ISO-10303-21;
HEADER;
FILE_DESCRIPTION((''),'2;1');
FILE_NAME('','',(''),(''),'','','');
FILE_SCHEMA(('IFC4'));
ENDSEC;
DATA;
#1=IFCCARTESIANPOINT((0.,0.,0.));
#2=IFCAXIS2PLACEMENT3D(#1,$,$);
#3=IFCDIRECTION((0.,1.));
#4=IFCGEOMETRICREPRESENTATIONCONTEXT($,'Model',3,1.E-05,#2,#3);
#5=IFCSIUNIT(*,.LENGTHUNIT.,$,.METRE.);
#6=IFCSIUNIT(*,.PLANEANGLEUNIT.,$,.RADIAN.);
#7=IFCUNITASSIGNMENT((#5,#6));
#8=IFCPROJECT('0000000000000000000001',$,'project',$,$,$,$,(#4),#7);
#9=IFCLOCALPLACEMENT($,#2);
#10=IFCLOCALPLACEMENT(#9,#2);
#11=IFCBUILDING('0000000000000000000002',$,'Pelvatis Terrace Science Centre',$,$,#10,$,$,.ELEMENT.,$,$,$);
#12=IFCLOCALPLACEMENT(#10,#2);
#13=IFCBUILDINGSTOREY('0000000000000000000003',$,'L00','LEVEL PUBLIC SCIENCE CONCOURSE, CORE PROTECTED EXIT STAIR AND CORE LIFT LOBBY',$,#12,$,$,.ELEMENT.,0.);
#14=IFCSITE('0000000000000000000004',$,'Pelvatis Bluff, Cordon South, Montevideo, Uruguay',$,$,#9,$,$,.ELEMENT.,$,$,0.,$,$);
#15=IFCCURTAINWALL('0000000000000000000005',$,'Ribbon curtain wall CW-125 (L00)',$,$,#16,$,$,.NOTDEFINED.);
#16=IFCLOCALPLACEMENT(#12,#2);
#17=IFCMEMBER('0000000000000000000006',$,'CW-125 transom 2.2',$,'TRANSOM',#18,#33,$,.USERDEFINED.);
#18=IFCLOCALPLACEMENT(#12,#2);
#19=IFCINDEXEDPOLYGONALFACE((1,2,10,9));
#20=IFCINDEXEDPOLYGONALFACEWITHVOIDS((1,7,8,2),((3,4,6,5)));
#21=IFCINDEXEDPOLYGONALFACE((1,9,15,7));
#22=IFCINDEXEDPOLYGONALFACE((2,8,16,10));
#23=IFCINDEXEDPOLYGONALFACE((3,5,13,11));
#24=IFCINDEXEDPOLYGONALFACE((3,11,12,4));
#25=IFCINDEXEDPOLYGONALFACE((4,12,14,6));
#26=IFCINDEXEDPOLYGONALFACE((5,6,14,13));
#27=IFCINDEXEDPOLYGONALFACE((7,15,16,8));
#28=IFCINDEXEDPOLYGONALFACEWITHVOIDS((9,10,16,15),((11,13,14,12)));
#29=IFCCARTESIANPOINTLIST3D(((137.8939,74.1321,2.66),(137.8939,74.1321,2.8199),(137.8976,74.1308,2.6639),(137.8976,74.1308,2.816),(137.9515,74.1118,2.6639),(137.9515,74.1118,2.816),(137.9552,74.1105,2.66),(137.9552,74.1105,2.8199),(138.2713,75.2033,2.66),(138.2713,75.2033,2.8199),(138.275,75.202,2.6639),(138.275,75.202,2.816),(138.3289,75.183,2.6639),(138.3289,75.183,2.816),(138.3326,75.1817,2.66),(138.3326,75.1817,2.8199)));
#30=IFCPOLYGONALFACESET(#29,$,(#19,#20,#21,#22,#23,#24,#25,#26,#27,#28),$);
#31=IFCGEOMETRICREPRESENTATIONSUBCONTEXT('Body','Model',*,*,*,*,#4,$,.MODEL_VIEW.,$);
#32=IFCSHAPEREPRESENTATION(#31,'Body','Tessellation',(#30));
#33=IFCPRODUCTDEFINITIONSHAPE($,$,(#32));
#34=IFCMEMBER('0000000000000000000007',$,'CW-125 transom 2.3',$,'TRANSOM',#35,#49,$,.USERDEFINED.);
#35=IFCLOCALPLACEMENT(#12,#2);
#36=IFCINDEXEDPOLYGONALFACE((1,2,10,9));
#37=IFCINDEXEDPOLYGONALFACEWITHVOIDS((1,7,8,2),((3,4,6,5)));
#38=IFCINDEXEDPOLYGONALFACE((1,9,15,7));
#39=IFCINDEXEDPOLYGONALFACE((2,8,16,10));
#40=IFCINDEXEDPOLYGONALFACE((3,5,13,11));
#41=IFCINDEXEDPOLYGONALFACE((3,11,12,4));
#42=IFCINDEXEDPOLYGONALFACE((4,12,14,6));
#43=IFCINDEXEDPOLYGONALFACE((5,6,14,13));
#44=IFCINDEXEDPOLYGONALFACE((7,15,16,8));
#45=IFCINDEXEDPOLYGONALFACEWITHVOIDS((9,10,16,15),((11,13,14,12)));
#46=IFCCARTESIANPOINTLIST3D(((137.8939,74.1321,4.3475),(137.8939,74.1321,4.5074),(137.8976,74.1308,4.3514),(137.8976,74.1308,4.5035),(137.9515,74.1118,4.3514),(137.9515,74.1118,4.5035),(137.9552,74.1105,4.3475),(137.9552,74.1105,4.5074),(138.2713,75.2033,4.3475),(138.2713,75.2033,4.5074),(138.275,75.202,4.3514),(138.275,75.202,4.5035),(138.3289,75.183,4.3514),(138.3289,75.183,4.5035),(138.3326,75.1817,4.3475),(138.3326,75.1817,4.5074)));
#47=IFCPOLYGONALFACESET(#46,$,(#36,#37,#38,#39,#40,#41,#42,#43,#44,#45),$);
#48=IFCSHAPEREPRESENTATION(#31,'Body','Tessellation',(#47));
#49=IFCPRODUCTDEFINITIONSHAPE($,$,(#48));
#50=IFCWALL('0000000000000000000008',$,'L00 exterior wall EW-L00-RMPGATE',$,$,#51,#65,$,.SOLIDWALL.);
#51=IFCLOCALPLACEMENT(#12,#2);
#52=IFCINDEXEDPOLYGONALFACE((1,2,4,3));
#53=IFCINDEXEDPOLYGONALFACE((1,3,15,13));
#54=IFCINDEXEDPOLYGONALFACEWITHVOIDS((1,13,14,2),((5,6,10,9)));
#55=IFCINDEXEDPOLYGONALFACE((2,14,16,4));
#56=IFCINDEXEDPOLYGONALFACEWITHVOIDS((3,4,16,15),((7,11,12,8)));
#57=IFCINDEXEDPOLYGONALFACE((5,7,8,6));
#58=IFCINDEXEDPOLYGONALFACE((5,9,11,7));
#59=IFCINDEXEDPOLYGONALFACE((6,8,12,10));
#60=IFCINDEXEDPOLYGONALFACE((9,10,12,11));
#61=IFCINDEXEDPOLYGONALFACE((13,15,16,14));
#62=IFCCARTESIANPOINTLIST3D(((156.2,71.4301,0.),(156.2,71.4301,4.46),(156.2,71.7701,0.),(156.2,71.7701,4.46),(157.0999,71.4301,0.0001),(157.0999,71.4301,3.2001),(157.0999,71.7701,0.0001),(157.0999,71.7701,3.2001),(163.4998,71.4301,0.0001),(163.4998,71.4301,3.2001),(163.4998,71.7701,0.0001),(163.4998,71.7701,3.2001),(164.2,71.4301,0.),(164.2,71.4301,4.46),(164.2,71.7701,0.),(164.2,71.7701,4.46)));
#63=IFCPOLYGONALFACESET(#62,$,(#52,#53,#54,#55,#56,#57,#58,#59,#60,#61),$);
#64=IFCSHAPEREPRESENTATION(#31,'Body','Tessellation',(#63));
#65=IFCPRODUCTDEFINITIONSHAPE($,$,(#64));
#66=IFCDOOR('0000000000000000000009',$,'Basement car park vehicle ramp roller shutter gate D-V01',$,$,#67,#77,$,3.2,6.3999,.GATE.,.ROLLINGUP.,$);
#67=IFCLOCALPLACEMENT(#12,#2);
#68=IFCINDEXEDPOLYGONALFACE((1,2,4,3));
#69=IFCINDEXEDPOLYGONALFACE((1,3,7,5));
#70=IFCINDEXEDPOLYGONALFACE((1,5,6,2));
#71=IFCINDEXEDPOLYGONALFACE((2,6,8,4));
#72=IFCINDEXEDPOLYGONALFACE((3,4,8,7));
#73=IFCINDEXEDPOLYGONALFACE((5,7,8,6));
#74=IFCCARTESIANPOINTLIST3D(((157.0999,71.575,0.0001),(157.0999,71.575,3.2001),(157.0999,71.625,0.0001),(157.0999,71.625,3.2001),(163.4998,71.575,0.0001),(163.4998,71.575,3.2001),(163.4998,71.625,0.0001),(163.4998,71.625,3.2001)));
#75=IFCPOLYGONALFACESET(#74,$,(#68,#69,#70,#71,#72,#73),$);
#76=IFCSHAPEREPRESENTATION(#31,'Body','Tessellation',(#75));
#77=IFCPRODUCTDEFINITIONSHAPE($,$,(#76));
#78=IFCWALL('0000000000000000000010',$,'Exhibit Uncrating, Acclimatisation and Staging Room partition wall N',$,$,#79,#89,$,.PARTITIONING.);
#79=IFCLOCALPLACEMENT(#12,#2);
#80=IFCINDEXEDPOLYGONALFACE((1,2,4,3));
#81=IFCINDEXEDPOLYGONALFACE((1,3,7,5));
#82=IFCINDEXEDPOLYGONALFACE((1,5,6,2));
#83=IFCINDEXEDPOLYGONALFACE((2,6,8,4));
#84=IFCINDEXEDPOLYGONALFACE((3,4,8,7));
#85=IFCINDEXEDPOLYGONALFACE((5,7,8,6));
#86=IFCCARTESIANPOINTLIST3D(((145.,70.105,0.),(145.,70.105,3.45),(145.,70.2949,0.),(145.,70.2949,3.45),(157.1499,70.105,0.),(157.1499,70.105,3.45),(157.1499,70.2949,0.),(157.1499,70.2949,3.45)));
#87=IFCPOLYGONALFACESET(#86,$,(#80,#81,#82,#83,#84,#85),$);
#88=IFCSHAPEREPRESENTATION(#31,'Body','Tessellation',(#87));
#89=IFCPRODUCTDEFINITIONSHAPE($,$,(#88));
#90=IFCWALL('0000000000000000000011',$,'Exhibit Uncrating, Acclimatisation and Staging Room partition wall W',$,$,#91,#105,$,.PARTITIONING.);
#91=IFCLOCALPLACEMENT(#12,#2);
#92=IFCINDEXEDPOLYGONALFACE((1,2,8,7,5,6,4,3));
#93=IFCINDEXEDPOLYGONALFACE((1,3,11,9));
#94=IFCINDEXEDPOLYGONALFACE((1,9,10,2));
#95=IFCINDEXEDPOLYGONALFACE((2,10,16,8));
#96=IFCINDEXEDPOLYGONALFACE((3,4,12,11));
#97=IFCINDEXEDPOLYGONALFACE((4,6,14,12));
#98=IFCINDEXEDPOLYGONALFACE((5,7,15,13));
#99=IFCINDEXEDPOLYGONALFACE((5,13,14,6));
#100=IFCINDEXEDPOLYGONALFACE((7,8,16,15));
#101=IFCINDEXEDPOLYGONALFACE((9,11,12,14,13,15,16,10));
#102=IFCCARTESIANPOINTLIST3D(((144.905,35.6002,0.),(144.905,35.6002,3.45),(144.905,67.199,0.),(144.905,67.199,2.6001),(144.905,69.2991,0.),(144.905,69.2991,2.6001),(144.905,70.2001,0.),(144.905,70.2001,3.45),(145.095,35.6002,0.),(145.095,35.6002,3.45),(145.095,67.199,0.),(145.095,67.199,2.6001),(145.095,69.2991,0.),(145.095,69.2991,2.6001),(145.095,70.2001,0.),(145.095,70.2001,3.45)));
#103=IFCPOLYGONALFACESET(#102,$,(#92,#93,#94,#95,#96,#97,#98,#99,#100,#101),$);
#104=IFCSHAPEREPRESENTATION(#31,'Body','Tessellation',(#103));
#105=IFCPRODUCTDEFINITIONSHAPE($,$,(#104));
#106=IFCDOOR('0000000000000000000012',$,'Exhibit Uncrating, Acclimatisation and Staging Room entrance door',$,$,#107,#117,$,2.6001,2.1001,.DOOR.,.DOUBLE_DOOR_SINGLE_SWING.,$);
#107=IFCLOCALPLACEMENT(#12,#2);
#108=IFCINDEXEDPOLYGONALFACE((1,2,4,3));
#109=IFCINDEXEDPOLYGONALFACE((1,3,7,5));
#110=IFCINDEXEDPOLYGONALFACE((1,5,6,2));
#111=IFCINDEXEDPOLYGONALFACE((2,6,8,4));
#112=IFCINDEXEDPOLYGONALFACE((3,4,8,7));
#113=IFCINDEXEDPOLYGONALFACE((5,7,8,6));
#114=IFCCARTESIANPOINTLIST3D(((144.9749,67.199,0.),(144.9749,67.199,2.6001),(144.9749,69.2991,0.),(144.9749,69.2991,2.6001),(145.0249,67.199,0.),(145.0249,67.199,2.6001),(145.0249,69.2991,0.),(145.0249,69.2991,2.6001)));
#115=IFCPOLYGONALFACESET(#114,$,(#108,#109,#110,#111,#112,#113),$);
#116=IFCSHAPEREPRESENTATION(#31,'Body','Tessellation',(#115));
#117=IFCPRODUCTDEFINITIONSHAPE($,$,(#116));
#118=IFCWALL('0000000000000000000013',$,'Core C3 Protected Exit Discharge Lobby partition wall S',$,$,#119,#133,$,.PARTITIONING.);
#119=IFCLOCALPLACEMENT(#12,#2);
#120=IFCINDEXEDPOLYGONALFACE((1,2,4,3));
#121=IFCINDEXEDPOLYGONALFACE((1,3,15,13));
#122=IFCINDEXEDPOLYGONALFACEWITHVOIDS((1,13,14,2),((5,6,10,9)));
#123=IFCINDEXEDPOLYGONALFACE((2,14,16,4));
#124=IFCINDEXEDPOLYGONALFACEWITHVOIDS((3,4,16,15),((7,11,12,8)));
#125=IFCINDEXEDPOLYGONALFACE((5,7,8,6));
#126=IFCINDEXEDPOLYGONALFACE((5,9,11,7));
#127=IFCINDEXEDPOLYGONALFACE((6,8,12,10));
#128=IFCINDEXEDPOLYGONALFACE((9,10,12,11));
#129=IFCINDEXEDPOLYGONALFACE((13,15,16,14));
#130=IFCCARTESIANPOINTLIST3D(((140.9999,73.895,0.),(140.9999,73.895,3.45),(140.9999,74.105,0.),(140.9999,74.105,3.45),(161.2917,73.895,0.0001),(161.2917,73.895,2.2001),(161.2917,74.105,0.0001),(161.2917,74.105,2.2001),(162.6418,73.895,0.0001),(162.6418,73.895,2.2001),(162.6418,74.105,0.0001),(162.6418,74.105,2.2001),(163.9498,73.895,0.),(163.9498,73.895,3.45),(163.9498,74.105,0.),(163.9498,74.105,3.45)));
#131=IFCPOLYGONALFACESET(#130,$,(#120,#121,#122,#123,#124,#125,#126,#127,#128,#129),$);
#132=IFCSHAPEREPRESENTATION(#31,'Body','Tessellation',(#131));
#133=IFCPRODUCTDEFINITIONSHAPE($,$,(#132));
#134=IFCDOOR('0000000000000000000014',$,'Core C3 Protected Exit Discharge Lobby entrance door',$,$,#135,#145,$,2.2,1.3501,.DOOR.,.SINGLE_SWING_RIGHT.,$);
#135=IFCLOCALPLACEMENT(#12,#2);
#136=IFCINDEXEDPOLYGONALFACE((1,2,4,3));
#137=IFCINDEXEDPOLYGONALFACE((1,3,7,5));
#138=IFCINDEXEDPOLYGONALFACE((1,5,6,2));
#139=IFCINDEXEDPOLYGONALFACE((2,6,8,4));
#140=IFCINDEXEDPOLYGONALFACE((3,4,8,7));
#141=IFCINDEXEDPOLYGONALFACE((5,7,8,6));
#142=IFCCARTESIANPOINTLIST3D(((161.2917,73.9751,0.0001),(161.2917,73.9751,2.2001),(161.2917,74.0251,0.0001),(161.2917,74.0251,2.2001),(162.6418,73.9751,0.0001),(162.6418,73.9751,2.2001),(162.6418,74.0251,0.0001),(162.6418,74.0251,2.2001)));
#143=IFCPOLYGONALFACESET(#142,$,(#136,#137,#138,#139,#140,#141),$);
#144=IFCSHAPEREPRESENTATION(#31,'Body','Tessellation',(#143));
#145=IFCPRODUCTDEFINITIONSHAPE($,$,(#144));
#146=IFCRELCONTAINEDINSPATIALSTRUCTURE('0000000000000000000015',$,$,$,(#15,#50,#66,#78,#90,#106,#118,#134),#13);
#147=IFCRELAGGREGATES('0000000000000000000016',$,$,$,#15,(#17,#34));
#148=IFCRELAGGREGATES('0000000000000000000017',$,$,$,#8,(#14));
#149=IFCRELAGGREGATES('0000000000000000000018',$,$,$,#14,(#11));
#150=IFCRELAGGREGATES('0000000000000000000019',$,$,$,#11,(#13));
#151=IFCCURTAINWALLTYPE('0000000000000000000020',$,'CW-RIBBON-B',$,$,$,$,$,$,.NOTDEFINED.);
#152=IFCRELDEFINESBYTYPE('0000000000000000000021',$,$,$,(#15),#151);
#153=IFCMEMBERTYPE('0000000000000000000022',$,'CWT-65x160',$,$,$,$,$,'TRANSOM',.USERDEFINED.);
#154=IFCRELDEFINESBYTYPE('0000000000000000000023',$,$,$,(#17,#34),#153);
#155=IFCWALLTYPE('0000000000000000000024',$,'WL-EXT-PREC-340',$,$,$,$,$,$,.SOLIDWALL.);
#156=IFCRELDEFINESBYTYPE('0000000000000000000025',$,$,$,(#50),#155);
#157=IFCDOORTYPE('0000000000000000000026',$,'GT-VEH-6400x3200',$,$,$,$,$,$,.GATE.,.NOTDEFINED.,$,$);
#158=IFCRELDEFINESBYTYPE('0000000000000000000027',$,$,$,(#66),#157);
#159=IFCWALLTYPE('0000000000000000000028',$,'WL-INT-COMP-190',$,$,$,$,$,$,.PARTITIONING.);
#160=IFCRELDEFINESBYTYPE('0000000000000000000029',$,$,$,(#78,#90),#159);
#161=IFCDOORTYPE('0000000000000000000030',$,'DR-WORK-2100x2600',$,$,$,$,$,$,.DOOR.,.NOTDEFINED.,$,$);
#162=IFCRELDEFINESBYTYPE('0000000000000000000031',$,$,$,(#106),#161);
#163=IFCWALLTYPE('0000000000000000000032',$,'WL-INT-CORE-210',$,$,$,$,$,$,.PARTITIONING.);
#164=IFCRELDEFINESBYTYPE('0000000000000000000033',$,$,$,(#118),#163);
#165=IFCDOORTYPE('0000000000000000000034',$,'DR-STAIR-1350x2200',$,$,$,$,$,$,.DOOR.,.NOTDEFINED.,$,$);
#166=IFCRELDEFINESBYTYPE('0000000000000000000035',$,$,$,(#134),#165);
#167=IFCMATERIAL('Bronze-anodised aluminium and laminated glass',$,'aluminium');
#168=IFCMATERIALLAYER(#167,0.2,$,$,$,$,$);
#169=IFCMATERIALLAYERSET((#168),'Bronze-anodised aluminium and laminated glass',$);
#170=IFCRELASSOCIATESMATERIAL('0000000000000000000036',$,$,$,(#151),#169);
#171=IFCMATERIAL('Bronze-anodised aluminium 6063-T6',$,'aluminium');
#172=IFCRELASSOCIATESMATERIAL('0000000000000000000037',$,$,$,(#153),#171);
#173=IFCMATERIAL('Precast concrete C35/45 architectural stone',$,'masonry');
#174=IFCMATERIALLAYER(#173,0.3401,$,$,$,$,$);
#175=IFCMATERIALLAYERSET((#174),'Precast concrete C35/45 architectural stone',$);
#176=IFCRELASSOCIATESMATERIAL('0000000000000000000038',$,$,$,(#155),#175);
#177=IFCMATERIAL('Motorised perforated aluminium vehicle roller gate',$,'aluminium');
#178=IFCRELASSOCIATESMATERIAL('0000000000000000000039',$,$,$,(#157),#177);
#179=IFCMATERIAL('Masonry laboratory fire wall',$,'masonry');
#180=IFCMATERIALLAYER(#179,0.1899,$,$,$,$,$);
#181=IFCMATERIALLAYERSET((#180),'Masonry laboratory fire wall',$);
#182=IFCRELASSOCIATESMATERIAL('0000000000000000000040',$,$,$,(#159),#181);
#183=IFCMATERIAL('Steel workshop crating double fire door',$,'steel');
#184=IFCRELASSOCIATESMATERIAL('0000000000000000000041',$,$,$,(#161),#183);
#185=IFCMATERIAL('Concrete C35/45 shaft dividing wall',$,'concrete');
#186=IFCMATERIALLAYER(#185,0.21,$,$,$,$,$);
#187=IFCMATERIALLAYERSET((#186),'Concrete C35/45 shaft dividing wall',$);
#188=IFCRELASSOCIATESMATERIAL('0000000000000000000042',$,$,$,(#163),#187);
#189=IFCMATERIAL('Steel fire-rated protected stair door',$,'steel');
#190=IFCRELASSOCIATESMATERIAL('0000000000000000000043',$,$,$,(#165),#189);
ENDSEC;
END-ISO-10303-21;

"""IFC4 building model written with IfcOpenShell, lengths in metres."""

from ifc_helpers import new_model, si_unit, direction, frame, frame_2d, origin, origin_2d, place, context, subcontext, project, spatial, rectangle, hollow_rectangle, extrude, material, layer, layer_set, material_profile, profile_set, type_object, element, fill, aggregate, save


model = new_model("IFC4")

# Units and contexts
model_context = context("Model", 3, precision=1e-05, world=origin(), true_north=direction((0.0, 1.0)))
body_context = subcontext(model_context, "Body", "Model", "MODEL_VIEW")
ifc_project = project(units=[si_unit("LENGTHUNIT", "METRE"), si_unit("PLANEANGLEUNIT", "RADIAN")], contexts=[model_context])

# Site, building, storey
site_placement = place(None, origin())
site = spatial("IfcSite", under=ifc_project, at=site_placement, Name="Pelvatis Bluff, Cordon South, Montevideo, Uruguay", CompositionType="ELEMENT", RefElevation=0.0)
building_placement = place(site_placement, origin())
building = spatial("IfcBuilding", under=site, at=building_placement, Name="Pelvatis Terrace Science Centre", CompositionType="ELEMENT")
storey_placement = place(building_placement, origin())
storey = spatial("IfcBuildingStorey", under=building, at=storey_placement, Name="L00", Description="LEVEL PUBLIC SCIENCE CONCOURSE, CORE PROTECTED EXIT STAIR AND CORE LIFT LOBBY", CompositionType="ELEMENT", Elevation=0.0)

# Curtain wall, members
ifc_material_1 = material(Name="Bronze-anodised aluminium and laminated glass", Category="aluminium")
ifc_layer_1 = layer(ifc_material_1, 0.2)
ifc_layer_set_1 = layer_set([ifc_layer_1], Name="Bronze-anodised aluminium and laminated glass")
curtain_wall_type = type_object("IfcCurtainWallType", Name="CW-RIBBON-B", PredefinedType="NOTDEFINED", material=ifc_layer_set_1)
curtain_wall_placement = place(storey_placement, origin())
curtain_wall = element("IfcCurtainWall", 1, at=curtain_wall_placement, inside=storey, type_object=curtain_wall_type, Name="Ribbon curtain wall CW-125 (L00)", PredefinedType="NOTDEFINED")
ifc_material_2 = material(Name="Bronze-anodised aluminium 6063-T6", Category="aluminium")
ifc_material_profile_1 = material_profile(ifc_material_2, hollow_rectangle(XDim=0.0649, YDim=0.1599, WallThickness=0.0039, at=origin_2d()), Name="ALU-TRN 65x160")
ifc_profile_set_1 = profile_set([ifc_material_profile_1], Name="Bronze-anodised aluminium 6063-T6")
member_type_1 = type_object("IfcMemberType", Name="CWT-65x160", ElementType="TRANSOM", PredefinedType="USERDEFINED", material=ifc_profile_set_1)
member_1_placement = place(storey_placement, frame((137.9246, 74.1213, 2.74), z_axis=(0.332303, 0.943173, 0.0), x_axis=(-0.943173, 0.332303, 0.0)))
member_1 = element("IfcMember", 2, at=member_1_placement, type_object=member_type_1, Name="CW-125 transom 2.2", ObjectType="TRANSOM", PredefinedType="USERDEFINED", context=body_context, shape_type="SweptSolid", body=[
    extrude(hollow_rectangle(XDim=0.0649, YDim=0.1599, WallThickness=0.0039, at=origin_2d()), origin(), (0.0, 0.0, 1.0), 1.1357),
])
member_2_placement = place(storey_placement, frame((137.9246, 74.1213, 4.4275), z_axis=(0.332303, 0.943173, 0.0), x_axis=(-0.943173, 0.332303, 0.0)))
member_2 = element("IfcMember", 3, at=member_2_placement, type_object=member_type_1, Name="CW-125 transom 2.3", ObjectType="TRANSOM", PredefinedType="USERDEFINED", context=body_context, shape_type="SweptSolid", body=[
    extrude(hollow_rectangle(XDim=0.0649, YDim=0.1599, WallThickness=0.0039, at=origin_2d()), origin(), (0.0, 0.0, 1.0), 1.1357),
])
aggregate(curtain_wall, [member_1, member_2])

# Wall, opening, door
ifc_material_3 = material(Name="Precast concrete C35/45 architectural stone", Category="masonry")
ifc_layer_2 = layer(ifc_material_3, 0.3401)
ifc_layer_set_2 = layer_set([ifc_layer_2], Name="Precast concrete C35/45 architectural stone")
wall_type_1 = type_object("IfcWallType", Name="WL-EXT-PREC-340", PredefinedType="SOLIDWALL", material=ifc_layer_set_2)
wall_1_placement = place(storey_placement, frame((156.2, 71.6001, 0.0), z_axis=(0.0, 0.0, 1.0), x_axis=(1.0, 0.0, 0.0)))
wall_1 = element("IfcWall", 4, at=wall_1_placement, inside=storey, type_object=wall_type_1, Name="L00 exterior wall EW-L00-RMPGATE", PredefinedType="SOLIDWALL", context=body_context, shape_type="SweptSolid", body=[
    extrude(rectangle(XDim=8.0, YDim=0.3401, at=frame_2d((4.0, 0.0))), origin(), (0.0, 0.0, 1.0), 4.46),
])
opening_1_placement = place(wall_1_placement, frame((0.8999, 0.0, 0.0)))
opening_1 = element("IfcOpeningElement", 5, at=opening_1_placement, cuts=wall_1, PredefinedType="OPENING", context=body_context, shape_type="SweptSolid", body=[
    extrude(rectangle(XDim=6.3999, YDim=3.2, at=frame_2d((3.2, 1.6001))), frame((0.0, 0.1799, 0.0), z_axis=(0.0, -1.0, 0.0), x_axis=(1.0, 0.0, 0.0)), (0.0, 0.0, 1.0), 0.3601),
])
ifc_material_4 = material(Name="Motorised perforated aluminium vehicle roller gate", Category="aluminium")
door_type_1 = type_object("IfcDoorType", Name="GT-VEH-6400x3200", OperationType="NOTDEFINED", PredefinedType="GATE", material=ifc_material_4)
door_1_placement = place(opening_1_placement, origin())
door_1 = element("IfcDoor", 6, at=door_1_placement, inside=storey, type_object=door_type_1, Name="Basement car park vehicle ramp roller shutter gate D-V01", OperationType="ROLLINGUP", OverallHeight=3.2, OverallWidth=6.3999, PredefinedType="GATE", context=body_context, shape_type="SweptSolid", body=[
    extrude(rectangle(XDim=6.3999, YDim=3.2, at=frame_2d((3.2, 1.6001))), frame((0.0, 0.0249, 0.0), z_axis=(0.0, -1.0, 0.0), x_axis=(1.0, 0.0, 0.0)), (0.0, 0.0, 1.0), 0.05),
])
fill(opening_1, door_1)

# Wall
ifc_material_5 = material(Name="Masonry laboratory fire wall", Category="masonry")
ifc_layer_3 = layer(ifc_material_5, 0.1899)
ifc_layer_set_3 = layer_set([ifc_layer_3], Name="Masonry laboratory fire wall")
wall_type_2 = type_object("IfcWallType", Name="WL-INT-COMP-190", PredefinedType="PARTITIONING", material=ifc_layer_set_3)
wall_2_placement = place(storey_placement, frame((157.1499, 70.2, 0.0), z_axis=(0.0, 0.0, 1.0), x_axis=(-1.0, 0.0, 0.0)))
element("IfcWall", 7, at=wall_2_placement, inside=storey, type_object=wall_type_2, Name="Exhibit Uncrating, Acclimatisation and Staging Room partition wall N", PredefinedType="PARTITIONING", context=body_context, shape_type="SweptSolid", body=[
    extrude(rectangle(XDim=12.1499, YDim=0.1899, at=frame_2d((6.075, 0.0))), origin(), (0.0, 0.0, 1.0), 3.45),
])

# Walls, openings, doors
wall_3_placement = place(storey_placement, frame((145.0, 70.2, 0.0), z_axis=(0.0, 0.0, 1.0), x_axis=(0.0, -1.0, 0.0)))
wall_3 = element("IfcWall", 8, at=wall_3_placement, inside=storey, type_object=wall_type_2, Name="Exhibit Uncrating, Acclimatisation and Staging Room partition wall W", PredefinedType="PARTITIONING", context=body_context, shape_type="SweptSolid", body=[
    extrude(rectangle(XDim=34.5999, YDim=0.1899, at=frame_2d((17.2998, 0.0))), origin(), (0.0, 0.0, 1.0), 3.45),
])
opening_2_placement = place(wall_3_placement, frame((0.9009, 0.0, 0.0)))
opening_2 = element("IfcOpeningElement", 9, at=opening_2_placement, cuts=wall_3, PredefinedType="OPENING", context=body_context, shape_type="SweptSolid", body=[
    extrude(rectangle(XDim=2.1001, YDim=2.6001, at=frame_2d((1.05, 1.3))), frame((0.0, 0.105, 0.0), z_axis=(0.0, -1.0, 0.0), x_axis=(1.0, 0.0, 0.0)), (0.0, 0.0, 1.0), 0.21),
])
ifc_material_6 = material(Name="Steel workshop crating double fire door", Category="steel")
door_type_2 = type_object("IfcDoorType", Name="DR-WORK-2100x2600", OperationType="NOTDEFINED", PredefinedType="DOOR", material=ifc_material_6)
door_2_placement = place(opening_2_placement, origin())
door_2 = element("IfcDoor", 10, at=door_2_placement, inside=storey, type_object=door_type_2, Name="Exhibit Uncrating, Acclimatisation and Staging Room entrance door", OperationType="DOUBLE_DOOR_SINGLE_SWING", OverallHeight=2.6001, OverallWidth=2.1001, PredefinedType="DOOR", context=body_context, shape_type="SweptSolid", body=[
    extrude(rectangle(XDim=2.1001, YDim=2.6001, at=frame_2d((1.05, 1.3))), frame((0.0, 0.0249, 0.0), z_axis=(0.0, -1.0, 0.0), x_axis=(1.0, 0.0, 0.0)), (0.0, 0.0, 1.0), 0.05),
])
fill(opening_2, door_2)
ifc_material_7 = material(Name="Concrete C35/45 shaft dividing wall", Category="concrete")
ifc_layer_4 = layer(ifc_material_7, 0.21)
ifc_layer_set_4 = layer_set([ifc_layer_4], Name="Concrete C35/45 shaft dividing wall")
wall_type_3 = type_object("IfcWallType", Name="WL-INT-CORE-210", PredefinedType="PARTITIONING", material=ifc_layer_set_4)
wall_4_placement = place(storey_placement, frame((163.95, 74.0, 0.0), z_axis=(0.0, 0.0, 1.0), x_axis=(-1.0, 0.0, 0.0)))
wall_4 = element("IfcWall", 11, at=wall_4_placement, inside=storey, type_object=wall_type_3, Name="Core C3 Protected Exit Discharge Lobby partition wall S", PredefinedType="PARTITIONING", context=body_context, shape_type="SweptSolid", body=[
    extrude(rectangle(XDim=22.95, YDim=0.21, at=frame_2d((11.4751, 0.0))), origin(), (0.0, 0.0, 1.0), 3.45),
])
opening_3_placement = place(wall_4_placement, frame((1.3081, 0.0, 0.0)))
opening_3 = element("IfcOpeningElement", 12, at=opening_3_placement, cuts=wall_4, PredefinedType="OPENING", context=body_context, shape_type="SweptSolid", body=[
    extrude(rectangle(XDim=1.3501, YDim=2.2, at=frame_2d((0.675, 1.1001))), frame((0.0, 0.115, 0.0), z_axis=(0.0, -1.0, 0.0), x_axis=(1.0, 0.0, 0.0)), (0.0, 0.0, 1.0), 0.23),
])
ifc_material_8 = material(Name="Steel fire-rated protected stair door", Category="steel")
door_type_3 = type_object("IfcDoorType", Name="DR-STAIR-1350x2200", OperationType="NOTDEFINED", PredefinedType="DOOR", material=ifc_material_8)
door_3_placement = place(opening_3_placement, origin())
door_3 = element("IfcDoor", 13, at=door_3_placement, inside=storey, type_object=door_type_3, Name="Core C3 Protected Exit Discharge Lobby entrance door", OperationType="SINGLE_SWING_RIGHT", OverallHeight=2.2, OverallWidth=1.3501, PredefinedType="DOOR", context=body_context, shape_type="SweptSolid", body=[
    extrude(rectangle(XDim=1.3501, YDim=2.2, at=frame_2d((0.675, 1.1001))), frame((0.0, 0.0249, 0.0), z_axis=(0.0, -1.0, 0.0), x_axis=(1.0, 0.0, 0.0)), (0.0, 0.0, 1.0), 0.05),
])
fill(opening_3, door_3)

save(model, "model.ifc")
